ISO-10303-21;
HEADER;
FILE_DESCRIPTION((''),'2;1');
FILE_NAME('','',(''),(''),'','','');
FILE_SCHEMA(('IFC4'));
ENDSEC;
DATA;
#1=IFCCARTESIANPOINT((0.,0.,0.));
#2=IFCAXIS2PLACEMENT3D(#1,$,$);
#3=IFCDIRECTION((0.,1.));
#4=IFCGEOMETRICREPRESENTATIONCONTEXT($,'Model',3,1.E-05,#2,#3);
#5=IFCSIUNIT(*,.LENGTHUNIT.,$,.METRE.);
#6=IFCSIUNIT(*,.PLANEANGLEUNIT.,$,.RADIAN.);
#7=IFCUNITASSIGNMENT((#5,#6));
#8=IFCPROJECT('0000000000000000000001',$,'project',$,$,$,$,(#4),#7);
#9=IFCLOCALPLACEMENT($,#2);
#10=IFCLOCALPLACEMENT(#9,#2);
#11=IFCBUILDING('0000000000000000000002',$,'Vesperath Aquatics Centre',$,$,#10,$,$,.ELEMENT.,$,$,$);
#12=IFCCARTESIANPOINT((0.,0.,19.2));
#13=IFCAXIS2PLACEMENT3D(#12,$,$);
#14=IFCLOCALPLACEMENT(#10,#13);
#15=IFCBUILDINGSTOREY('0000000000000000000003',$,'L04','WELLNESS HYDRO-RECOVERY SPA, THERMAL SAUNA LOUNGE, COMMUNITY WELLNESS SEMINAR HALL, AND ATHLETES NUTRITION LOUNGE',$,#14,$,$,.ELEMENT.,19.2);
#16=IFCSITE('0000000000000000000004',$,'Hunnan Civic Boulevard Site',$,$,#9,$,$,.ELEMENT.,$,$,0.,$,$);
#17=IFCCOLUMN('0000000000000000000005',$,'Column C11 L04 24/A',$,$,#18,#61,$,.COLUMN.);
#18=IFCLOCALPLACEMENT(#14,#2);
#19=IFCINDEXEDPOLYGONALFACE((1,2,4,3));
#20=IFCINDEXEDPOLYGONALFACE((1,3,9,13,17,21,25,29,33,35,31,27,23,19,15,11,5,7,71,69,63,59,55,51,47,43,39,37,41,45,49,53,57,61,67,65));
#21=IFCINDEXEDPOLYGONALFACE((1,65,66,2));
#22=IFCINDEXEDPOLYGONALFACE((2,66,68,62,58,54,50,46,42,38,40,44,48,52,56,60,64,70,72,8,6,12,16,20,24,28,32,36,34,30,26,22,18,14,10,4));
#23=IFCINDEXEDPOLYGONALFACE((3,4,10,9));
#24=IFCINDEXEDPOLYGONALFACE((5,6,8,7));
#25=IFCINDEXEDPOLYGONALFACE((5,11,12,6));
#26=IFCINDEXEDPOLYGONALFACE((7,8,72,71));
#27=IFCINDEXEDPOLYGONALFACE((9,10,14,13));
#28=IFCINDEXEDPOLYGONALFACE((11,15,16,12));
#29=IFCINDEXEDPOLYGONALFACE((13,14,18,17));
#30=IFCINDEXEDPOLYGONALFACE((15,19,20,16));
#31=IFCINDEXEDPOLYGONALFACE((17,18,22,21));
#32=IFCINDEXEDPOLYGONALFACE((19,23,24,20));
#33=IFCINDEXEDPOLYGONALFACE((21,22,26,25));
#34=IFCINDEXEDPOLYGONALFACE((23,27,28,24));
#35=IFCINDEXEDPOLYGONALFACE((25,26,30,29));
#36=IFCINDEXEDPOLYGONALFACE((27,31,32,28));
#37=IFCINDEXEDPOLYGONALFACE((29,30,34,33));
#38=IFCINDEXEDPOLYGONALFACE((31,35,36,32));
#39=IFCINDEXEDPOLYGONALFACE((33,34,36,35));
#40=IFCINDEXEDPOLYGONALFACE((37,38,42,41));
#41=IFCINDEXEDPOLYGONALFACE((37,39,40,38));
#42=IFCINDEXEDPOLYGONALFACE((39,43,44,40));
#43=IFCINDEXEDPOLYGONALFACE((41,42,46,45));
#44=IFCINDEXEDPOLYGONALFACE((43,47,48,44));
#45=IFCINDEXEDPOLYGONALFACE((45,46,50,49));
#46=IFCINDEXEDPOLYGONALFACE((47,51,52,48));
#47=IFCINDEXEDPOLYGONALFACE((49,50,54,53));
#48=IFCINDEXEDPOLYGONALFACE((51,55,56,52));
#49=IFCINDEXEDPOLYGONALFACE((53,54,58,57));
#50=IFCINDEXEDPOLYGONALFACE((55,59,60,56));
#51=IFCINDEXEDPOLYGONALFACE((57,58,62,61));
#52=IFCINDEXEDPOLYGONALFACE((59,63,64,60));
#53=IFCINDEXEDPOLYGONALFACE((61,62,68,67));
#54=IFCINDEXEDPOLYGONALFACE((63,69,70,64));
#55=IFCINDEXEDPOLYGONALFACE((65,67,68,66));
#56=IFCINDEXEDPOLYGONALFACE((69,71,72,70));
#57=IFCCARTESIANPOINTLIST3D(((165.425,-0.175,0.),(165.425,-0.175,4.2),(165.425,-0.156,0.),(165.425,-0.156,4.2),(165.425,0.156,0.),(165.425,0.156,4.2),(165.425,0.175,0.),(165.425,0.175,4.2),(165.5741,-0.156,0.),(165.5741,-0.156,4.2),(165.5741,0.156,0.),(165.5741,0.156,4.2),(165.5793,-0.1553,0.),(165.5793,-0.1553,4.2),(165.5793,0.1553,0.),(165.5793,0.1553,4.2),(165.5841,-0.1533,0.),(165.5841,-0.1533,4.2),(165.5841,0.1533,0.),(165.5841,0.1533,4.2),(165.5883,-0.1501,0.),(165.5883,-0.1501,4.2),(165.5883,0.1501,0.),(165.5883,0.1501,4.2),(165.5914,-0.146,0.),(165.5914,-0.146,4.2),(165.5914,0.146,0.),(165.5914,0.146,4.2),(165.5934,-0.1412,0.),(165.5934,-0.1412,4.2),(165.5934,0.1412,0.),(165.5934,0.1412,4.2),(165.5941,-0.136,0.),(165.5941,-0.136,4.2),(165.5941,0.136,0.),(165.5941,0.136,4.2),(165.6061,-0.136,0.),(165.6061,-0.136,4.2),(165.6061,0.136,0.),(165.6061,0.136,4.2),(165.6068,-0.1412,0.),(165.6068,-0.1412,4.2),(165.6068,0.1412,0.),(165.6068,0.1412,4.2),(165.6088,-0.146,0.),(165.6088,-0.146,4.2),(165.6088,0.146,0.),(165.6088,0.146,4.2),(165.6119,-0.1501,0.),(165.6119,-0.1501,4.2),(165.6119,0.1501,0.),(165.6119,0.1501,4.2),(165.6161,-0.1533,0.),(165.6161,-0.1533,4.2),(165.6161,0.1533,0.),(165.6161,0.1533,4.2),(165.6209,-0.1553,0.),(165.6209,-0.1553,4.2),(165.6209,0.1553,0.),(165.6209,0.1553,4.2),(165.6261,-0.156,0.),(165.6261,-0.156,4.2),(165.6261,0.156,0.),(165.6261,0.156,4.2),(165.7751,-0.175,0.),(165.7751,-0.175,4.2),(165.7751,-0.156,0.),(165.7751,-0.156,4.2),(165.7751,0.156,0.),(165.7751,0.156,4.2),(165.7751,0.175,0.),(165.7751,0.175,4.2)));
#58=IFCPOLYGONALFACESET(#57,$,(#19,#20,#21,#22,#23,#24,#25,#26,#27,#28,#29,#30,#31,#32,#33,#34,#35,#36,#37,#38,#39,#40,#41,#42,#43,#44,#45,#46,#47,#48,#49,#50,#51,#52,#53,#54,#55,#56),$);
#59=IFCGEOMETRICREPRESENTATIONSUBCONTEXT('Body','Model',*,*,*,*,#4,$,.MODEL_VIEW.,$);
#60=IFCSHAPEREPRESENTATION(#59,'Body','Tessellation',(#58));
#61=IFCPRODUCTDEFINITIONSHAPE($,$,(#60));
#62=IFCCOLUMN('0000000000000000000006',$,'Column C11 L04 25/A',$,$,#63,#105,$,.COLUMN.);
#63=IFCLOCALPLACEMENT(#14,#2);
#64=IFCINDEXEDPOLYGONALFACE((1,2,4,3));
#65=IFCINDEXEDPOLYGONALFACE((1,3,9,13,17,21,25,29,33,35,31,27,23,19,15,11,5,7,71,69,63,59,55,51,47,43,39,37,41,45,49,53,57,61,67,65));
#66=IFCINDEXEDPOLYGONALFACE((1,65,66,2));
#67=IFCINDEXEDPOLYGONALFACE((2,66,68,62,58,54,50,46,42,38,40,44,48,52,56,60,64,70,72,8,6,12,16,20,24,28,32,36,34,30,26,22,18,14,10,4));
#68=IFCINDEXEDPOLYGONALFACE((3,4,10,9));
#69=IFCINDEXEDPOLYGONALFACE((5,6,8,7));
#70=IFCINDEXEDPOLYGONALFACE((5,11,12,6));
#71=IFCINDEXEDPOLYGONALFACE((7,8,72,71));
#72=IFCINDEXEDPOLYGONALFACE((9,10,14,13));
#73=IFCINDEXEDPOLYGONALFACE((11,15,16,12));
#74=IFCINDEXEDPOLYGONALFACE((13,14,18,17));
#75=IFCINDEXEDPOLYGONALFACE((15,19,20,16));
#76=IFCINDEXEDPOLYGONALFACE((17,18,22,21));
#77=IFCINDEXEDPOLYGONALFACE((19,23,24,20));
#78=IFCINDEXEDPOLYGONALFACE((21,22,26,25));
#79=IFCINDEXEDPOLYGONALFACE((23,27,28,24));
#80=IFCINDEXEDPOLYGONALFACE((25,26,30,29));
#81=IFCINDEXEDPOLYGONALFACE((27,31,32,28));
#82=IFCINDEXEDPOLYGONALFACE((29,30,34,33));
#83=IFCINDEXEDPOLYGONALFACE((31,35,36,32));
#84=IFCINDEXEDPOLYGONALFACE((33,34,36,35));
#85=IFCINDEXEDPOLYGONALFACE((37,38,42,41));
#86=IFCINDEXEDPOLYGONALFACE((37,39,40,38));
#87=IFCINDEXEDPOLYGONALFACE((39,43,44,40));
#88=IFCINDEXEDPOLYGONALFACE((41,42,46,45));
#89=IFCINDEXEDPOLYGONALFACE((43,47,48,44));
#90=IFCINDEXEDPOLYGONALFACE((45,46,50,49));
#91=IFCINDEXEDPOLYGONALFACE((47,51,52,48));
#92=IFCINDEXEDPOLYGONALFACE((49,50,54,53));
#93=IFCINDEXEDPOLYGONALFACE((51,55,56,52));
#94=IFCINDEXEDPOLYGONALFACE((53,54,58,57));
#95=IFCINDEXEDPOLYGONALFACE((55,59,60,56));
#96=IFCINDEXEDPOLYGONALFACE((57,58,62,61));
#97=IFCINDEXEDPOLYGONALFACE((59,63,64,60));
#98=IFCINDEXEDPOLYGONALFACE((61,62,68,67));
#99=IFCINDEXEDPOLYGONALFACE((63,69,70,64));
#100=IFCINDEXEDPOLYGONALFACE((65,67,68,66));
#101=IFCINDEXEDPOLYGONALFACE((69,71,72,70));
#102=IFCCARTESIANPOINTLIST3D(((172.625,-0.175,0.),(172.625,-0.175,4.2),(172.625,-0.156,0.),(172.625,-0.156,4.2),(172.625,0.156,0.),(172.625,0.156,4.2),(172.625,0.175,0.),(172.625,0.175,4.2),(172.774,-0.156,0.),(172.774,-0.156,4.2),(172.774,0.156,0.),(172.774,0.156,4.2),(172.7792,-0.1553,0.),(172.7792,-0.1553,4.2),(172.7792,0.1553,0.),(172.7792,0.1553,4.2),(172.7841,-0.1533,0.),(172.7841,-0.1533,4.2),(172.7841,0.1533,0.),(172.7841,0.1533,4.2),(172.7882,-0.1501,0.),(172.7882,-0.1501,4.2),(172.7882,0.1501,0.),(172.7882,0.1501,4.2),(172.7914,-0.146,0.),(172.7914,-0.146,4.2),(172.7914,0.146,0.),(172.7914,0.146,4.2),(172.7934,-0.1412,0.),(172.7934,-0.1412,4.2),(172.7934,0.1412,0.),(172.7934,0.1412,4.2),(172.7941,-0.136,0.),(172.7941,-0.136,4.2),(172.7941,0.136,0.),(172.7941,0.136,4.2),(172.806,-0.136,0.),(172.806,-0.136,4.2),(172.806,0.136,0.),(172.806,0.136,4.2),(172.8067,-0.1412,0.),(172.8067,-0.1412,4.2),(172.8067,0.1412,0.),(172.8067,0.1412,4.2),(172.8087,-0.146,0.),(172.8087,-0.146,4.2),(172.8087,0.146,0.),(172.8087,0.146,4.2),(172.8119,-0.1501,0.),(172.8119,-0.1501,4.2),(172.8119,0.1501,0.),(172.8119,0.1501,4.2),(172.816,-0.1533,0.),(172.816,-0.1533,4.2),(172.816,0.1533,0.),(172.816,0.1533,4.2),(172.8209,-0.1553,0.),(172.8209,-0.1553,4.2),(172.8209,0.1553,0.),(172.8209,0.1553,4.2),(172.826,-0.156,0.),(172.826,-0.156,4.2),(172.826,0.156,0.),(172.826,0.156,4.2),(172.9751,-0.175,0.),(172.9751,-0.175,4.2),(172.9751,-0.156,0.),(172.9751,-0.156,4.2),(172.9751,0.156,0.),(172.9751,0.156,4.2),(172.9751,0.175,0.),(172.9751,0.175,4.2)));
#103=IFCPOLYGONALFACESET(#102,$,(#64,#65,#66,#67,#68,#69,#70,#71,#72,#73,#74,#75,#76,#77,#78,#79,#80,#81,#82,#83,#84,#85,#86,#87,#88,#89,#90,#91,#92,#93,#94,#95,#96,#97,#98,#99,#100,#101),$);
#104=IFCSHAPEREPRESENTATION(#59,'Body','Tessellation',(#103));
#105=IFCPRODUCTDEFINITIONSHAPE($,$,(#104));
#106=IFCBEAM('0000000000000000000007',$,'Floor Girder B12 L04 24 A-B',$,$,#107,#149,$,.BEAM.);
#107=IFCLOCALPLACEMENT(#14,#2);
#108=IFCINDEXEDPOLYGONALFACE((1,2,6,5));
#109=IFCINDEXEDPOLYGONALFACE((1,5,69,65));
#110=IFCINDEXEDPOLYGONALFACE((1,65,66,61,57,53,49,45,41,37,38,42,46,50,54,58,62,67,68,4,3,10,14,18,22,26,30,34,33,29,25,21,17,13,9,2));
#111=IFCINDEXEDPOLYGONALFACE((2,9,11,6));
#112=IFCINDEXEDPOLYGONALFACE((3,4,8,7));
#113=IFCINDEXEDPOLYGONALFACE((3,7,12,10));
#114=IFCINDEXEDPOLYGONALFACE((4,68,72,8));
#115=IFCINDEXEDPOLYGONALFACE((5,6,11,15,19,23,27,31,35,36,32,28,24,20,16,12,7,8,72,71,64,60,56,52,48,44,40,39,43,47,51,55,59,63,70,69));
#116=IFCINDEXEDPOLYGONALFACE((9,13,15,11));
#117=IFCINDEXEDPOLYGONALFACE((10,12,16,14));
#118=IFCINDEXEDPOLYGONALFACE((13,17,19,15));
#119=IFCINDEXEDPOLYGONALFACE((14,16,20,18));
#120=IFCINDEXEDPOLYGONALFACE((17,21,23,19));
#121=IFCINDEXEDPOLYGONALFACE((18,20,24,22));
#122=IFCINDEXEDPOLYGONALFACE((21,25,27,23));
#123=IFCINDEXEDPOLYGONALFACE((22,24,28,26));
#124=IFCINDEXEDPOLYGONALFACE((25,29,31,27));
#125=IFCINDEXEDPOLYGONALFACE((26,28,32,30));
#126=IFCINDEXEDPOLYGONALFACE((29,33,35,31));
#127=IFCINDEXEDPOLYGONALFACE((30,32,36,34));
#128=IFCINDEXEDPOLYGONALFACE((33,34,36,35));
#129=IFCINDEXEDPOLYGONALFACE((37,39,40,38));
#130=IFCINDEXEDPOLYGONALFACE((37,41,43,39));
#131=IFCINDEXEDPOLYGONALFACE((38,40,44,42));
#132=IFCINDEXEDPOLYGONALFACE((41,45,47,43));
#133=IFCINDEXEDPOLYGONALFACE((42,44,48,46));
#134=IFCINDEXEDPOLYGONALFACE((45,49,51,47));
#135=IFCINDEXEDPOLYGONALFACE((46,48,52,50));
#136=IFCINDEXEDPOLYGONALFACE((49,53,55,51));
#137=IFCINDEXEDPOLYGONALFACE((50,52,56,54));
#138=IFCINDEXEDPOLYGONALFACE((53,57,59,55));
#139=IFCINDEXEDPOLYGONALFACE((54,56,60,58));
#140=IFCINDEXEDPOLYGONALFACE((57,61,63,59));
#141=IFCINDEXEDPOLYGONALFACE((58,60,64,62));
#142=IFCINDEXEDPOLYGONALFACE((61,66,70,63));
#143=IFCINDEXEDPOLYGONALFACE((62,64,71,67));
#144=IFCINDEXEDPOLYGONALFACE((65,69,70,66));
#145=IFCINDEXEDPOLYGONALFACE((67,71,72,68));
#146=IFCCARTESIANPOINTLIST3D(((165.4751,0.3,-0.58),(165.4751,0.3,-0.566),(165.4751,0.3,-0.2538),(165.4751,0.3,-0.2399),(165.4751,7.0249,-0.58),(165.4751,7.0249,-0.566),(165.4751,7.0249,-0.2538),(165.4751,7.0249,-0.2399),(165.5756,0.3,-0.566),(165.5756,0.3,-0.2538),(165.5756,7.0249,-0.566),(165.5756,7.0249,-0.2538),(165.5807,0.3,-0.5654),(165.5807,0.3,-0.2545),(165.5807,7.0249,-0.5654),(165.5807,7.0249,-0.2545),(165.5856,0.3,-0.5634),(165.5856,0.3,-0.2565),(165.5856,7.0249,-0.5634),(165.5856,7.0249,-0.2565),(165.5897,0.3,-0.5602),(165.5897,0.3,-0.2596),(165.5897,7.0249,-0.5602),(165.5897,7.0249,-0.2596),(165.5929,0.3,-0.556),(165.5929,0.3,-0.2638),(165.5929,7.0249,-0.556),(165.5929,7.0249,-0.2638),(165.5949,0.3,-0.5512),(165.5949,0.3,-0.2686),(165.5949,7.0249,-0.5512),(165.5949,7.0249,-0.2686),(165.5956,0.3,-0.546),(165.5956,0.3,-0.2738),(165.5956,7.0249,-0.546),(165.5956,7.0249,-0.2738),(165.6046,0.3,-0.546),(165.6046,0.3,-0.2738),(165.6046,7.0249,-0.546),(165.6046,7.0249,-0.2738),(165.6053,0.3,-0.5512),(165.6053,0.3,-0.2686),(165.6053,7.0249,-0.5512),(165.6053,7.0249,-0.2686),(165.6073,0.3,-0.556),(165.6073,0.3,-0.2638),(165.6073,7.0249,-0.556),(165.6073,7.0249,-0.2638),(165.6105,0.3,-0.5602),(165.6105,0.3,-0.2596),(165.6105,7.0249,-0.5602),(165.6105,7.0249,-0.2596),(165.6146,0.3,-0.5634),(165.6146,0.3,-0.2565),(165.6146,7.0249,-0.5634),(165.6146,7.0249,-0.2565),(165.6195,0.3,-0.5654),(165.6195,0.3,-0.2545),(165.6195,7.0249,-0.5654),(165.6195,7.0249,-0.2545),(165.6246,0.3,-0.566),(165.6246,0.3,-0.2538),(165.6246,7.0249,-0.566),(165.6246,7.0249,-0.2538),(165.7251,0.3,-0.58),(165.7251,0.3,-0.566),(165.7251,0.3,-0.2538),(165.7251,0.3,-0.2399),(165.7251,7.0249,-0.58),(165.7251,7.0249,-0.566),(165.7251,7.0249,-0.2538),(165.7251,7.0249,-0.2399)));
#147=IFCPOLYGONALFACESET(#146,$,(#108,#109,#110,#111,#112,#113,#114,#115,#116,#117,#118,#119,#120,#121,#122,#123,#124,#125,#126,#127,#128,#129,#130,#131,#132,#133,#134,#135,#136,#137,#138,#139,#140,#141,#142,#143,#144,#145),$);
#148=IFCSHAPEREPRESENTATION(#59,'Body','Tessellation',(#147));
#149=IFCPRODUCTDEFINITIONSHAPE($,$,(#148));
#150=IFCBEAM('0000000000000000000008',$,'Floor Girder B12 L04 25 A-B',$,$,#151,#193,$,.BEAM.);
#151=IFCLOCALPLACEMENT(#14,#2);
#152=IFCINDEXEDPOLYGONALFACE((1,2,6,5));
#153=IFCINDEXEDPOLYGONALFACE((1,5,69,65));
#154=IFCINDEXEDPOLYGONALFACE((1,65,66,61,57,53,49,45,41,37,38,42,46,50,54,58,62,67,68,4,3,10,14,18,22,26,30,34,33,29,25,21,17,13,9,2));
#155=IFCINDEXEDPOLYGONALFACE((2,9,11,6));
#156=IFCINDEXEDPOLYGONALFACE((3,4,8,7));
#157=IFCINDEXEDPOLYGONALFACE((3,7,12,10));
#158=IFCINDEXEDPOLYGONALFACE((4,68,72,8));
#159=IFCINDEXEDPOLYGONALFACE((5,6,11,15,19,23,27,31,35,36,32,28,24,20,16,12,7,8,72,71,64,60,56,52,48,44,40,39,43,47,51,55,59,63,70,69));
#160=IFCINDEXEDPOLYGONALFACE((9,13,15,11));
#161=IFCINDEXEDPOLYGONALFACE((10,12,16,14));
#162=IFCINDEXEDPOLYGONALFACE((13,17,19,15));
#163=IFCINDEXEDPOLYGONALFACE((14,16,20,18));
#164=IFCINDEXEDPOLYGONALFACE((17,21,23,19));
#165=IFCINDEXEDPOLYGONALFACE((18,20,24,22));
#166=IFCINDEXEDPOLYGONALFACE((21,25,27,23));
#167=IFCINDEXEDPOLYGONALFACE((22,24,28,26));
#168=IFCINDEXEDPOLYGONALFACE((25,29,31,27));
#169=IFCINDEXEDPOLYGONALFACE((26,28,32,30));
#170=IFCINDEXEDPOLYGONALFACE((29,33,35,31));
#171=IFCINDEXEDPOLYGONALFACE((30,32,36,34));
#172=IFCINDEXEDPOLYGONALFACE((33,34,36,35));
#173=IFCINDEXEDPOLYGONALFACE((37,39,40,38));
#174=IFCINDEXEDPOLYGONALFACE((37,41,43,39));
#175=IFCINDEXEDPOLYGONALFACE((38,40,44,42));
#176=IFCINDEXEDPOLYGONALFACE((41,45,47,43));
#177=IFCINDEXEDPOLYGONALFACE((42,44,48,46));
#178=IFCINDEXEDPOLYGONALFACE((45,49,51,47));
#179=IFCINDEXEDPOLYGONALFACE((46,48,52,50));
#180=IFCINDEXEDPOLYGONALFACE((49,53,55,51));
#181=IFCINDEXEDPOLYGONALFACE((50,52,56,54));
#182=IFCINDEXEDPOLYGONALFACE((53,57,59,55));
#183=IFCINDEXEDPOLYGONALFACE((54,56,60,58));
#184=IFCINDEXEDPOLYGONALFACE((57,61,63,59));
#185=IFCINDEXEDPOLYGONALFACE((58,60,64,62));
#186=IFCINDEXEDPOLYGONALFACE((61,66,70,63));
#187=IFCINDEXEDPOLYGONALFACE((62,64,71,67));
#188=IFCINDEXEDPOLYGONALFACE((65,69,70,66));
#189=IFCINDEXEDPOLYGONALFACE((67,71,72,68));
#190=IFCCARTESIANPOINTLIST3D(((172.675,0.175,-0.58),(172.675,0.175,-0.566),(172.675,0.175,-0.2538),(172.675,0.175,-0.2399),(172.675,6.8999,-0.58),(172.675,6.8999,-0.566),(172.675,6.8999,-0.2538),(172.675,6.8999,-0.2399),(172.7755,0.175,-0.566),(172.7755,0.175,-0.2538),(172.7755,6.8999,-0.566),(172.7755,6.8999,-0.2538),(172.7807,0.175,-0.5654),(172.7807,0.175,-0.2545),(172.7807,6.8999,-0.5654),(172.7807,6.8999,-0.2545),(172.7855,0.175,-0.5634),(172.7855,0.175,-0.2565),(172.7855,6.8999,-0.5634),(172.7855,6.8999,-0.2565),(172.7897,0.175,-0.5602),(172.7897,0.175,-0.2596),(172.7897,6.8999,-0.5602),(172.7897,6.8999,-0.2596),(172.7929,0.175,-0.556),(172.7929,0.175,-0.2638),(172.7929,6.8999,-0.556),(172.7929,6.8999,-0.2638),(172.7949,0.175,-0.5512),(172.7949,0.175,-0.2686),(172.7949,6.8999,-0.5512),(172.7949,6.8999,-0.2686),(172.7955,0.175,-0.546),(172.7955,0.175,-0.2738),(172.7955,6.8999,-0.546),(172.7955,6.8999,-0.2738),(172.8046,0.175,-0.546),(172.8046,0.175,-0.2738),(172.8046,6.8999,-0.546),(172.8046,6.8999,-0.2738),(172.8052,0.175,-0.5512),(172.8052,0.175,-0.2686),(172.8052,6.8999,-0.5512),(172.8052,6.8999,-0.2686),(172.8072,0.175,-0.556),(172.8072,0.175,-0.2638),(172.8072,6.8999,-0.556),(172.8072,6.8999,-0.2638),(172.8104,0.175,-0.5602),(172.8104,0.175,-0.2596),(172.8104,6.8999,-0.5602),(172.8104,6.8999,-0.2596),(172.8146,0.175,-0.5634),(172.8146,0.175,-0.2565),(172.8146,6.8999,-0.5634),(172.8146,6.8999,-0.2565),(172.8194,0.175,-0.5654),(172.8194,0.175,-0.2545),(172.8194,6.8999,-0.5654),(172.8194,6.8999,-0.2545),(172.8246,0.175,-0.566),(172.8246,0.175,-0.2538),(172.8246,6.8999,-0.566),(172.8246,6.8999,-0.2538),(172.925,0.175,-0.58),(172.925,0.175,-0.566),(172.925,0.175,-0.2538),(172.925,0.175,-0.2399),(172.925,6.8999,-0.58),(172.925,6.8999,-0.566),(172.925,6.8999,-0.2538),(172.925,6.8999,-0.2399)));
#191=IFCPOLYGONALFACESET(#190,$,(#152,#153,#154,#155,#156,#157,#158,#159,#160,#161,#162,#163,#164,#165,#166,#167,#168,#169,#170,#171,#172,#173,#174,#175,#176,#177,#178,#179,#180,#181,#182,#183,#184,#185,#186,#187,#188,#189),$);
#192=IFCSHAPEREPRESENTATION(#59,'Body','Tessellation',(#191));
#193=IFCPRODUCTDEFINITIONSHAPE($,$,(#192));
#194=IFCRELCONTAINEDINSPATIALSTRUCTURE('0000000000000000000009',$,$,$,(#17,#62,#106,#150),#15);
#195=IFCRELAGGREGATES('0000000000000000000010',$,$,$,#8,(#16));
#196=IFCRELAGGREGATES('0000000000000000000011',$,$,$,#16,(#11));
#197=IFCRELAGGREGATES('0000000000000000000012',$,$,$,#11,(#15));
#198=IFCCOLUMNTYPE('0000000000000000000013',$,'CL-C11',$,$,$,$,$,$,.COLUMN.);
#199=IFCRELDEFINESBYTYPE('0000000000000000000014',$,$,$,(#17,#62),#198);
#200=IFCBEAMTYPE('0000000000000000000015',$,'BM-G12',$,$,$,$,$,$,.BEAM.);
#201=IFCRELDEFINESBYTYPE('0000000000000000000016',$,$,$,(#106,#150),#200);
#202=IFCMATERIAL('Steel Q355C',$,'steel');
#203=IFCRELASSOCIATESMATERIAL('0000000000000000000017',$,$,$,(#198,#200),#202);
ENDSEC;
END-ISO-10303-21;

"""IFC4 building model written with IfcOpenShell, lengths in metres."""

from ifc_helpers import new_model, si_unit, direction, frame, origin, origin_2d, place, context, subcontext, project, spatial, i_section, extrude, material, material_profile, profile_set, type_object, element, save


model = new_model("IFC4")

# Units and contexts
model_context = context("Model", 3, precision=1e-05, world=origin(), true_north=direction((0.0, 1.0)))
body_context = subcontext(model_context, "Body", "Model", "MODEL_VIEW")
ifc_project = project(units=[si_unit("LENGTHUNIT", "METRE"), si_unit("PLANEANGLEUNIT", "RADIAN")], contexts=[model_context])

# Site, building, storey
site_placement = place(None, origin())
site = spatial("IfcSite", under=ifc_project, at=site_placement, Name="Hunnan Civic Boulevard Site", CompositionType="ELEMENT", RefElevation=0.0)
building_placement = place(site_placement, origin())
building = spatial("IfcBuilding", under=site, at=building_placement, Name="Vesperath Aquatics Centre", CompositionType="ELEMENT")
storey_placement = place(building_placement, frame((0.0, 0.0, 19.2)))
storey = spatial("IfcBuildingStorey", under=building, at=storey_placement, Name="L04", Description="WELLNESS HYDRO-RECOVERY SPA, THERMAL SAUNA LOUNGE, COMMUNITY WELLNESS SEMINAR HALL, AND ATHLETES NUTRITION LOUNGE", CompositionType="ELEMENT", Elevation=19.2)

# Columns
ifc_material_1 = material(Name="Steel Q355C", Category="steel")
ifc_material_profile_1 = material_profile(ifc_material_1, i_section(OverallWidth=0.3501, OverallDepth=0.3501, WebThickness=0.012, FlangeThickness=0.019, FilletRadius=0.02, at=origin_2d()), Name="HW 350x350x12x19")
ifc_profile_set_1 = profile_set([ifc_material_profile_1], Name="Steel Q355C")
column_type = type_object("IfcColumnType", Name="CL-C11", PredefinedType="COLUMN", material=ifc_profile_set_1)
for number, where, z_axis, x_axis, name in (
    (1, (165.6001, 0.0, 0.0), (0.0, 0.0, 1.0), (1.0, 0.0, 0.0), "Column C11 L04 24/A"),
    (2, (172.8, 0.0, 0.0), (0.0, 0.0, 1.0), (1.0, 0.0, 0.0), "Column C11 L04 25/A"),
):
    element("IfcColumn", number, at=place(storey_placement, frame(where, z_axis=z_axis, x_axis=x_axis)), inside=storey, type_object=column_type, Name=name, PredefinedType="COLUMN", context=body_context, shape_type="SweptSolid", body=[
        extrude(i_section(OverallWidth=0.3501, OverallDepth=0.3501, WebThickness=0.012, FlangeThickness=0.019, FilletRadius=0.02, at=origin_2d()), origin(), (0.0, 0.0, 1.0), 4.2),
    ])

# Beams
ifc_material_profile_2 = material_profile(ifc_material_1, i_section(OverallWidth=0.25, OverallDepth=0.3401, WebThickness=0.009, FlangeThickness=0.0139, FilletRadius=0.02, at=origin_2d()), Name="HM 340x250x9x14")
ifc_profile_set_2 = profile_set([ifc_material_profile_2], Name="Steel Q355C")
beam_type_1 = type_object("IfcBeamType", Name="BM-G12", PredefinedType="BEAM", material=ifc_profile_set_2)
for number, where, z_axis, x_axis, name in (
    (3, (165.6001, 0.3, -0.4099), (0.0, 1.0, 0.0), (-1.0, 0.0, 0.0), "Floor Girder B12 L04 24 A-B"),
    (4, (172.8, 0.175, -0.4099), (0.0, 1.0, 0.0), (-1.0, 0.0, 0.0), "Floor Girder B12 L04 25 A-B"),
):
    element("IfcBeam", number, at=place(storey_placement, frame(where, z_axis=z_axis, x_axis=x_axis)), inside=storey, type_object=beam_type_1, Name=name, PredefinedType="BEAM", context=body_context, shape_type="SweptSolid", body=[
        extrude(i_section(OverallWidth=0.25, OverallDepth=0.3401, WebThickness=0.009, FlangeThickness=0.0139, FilletRadius=0.02, at=origin_2d()), origin(), (0.0, 0.0, 1.0), 6.7249),
    ])

save(model, "model.ifc")
